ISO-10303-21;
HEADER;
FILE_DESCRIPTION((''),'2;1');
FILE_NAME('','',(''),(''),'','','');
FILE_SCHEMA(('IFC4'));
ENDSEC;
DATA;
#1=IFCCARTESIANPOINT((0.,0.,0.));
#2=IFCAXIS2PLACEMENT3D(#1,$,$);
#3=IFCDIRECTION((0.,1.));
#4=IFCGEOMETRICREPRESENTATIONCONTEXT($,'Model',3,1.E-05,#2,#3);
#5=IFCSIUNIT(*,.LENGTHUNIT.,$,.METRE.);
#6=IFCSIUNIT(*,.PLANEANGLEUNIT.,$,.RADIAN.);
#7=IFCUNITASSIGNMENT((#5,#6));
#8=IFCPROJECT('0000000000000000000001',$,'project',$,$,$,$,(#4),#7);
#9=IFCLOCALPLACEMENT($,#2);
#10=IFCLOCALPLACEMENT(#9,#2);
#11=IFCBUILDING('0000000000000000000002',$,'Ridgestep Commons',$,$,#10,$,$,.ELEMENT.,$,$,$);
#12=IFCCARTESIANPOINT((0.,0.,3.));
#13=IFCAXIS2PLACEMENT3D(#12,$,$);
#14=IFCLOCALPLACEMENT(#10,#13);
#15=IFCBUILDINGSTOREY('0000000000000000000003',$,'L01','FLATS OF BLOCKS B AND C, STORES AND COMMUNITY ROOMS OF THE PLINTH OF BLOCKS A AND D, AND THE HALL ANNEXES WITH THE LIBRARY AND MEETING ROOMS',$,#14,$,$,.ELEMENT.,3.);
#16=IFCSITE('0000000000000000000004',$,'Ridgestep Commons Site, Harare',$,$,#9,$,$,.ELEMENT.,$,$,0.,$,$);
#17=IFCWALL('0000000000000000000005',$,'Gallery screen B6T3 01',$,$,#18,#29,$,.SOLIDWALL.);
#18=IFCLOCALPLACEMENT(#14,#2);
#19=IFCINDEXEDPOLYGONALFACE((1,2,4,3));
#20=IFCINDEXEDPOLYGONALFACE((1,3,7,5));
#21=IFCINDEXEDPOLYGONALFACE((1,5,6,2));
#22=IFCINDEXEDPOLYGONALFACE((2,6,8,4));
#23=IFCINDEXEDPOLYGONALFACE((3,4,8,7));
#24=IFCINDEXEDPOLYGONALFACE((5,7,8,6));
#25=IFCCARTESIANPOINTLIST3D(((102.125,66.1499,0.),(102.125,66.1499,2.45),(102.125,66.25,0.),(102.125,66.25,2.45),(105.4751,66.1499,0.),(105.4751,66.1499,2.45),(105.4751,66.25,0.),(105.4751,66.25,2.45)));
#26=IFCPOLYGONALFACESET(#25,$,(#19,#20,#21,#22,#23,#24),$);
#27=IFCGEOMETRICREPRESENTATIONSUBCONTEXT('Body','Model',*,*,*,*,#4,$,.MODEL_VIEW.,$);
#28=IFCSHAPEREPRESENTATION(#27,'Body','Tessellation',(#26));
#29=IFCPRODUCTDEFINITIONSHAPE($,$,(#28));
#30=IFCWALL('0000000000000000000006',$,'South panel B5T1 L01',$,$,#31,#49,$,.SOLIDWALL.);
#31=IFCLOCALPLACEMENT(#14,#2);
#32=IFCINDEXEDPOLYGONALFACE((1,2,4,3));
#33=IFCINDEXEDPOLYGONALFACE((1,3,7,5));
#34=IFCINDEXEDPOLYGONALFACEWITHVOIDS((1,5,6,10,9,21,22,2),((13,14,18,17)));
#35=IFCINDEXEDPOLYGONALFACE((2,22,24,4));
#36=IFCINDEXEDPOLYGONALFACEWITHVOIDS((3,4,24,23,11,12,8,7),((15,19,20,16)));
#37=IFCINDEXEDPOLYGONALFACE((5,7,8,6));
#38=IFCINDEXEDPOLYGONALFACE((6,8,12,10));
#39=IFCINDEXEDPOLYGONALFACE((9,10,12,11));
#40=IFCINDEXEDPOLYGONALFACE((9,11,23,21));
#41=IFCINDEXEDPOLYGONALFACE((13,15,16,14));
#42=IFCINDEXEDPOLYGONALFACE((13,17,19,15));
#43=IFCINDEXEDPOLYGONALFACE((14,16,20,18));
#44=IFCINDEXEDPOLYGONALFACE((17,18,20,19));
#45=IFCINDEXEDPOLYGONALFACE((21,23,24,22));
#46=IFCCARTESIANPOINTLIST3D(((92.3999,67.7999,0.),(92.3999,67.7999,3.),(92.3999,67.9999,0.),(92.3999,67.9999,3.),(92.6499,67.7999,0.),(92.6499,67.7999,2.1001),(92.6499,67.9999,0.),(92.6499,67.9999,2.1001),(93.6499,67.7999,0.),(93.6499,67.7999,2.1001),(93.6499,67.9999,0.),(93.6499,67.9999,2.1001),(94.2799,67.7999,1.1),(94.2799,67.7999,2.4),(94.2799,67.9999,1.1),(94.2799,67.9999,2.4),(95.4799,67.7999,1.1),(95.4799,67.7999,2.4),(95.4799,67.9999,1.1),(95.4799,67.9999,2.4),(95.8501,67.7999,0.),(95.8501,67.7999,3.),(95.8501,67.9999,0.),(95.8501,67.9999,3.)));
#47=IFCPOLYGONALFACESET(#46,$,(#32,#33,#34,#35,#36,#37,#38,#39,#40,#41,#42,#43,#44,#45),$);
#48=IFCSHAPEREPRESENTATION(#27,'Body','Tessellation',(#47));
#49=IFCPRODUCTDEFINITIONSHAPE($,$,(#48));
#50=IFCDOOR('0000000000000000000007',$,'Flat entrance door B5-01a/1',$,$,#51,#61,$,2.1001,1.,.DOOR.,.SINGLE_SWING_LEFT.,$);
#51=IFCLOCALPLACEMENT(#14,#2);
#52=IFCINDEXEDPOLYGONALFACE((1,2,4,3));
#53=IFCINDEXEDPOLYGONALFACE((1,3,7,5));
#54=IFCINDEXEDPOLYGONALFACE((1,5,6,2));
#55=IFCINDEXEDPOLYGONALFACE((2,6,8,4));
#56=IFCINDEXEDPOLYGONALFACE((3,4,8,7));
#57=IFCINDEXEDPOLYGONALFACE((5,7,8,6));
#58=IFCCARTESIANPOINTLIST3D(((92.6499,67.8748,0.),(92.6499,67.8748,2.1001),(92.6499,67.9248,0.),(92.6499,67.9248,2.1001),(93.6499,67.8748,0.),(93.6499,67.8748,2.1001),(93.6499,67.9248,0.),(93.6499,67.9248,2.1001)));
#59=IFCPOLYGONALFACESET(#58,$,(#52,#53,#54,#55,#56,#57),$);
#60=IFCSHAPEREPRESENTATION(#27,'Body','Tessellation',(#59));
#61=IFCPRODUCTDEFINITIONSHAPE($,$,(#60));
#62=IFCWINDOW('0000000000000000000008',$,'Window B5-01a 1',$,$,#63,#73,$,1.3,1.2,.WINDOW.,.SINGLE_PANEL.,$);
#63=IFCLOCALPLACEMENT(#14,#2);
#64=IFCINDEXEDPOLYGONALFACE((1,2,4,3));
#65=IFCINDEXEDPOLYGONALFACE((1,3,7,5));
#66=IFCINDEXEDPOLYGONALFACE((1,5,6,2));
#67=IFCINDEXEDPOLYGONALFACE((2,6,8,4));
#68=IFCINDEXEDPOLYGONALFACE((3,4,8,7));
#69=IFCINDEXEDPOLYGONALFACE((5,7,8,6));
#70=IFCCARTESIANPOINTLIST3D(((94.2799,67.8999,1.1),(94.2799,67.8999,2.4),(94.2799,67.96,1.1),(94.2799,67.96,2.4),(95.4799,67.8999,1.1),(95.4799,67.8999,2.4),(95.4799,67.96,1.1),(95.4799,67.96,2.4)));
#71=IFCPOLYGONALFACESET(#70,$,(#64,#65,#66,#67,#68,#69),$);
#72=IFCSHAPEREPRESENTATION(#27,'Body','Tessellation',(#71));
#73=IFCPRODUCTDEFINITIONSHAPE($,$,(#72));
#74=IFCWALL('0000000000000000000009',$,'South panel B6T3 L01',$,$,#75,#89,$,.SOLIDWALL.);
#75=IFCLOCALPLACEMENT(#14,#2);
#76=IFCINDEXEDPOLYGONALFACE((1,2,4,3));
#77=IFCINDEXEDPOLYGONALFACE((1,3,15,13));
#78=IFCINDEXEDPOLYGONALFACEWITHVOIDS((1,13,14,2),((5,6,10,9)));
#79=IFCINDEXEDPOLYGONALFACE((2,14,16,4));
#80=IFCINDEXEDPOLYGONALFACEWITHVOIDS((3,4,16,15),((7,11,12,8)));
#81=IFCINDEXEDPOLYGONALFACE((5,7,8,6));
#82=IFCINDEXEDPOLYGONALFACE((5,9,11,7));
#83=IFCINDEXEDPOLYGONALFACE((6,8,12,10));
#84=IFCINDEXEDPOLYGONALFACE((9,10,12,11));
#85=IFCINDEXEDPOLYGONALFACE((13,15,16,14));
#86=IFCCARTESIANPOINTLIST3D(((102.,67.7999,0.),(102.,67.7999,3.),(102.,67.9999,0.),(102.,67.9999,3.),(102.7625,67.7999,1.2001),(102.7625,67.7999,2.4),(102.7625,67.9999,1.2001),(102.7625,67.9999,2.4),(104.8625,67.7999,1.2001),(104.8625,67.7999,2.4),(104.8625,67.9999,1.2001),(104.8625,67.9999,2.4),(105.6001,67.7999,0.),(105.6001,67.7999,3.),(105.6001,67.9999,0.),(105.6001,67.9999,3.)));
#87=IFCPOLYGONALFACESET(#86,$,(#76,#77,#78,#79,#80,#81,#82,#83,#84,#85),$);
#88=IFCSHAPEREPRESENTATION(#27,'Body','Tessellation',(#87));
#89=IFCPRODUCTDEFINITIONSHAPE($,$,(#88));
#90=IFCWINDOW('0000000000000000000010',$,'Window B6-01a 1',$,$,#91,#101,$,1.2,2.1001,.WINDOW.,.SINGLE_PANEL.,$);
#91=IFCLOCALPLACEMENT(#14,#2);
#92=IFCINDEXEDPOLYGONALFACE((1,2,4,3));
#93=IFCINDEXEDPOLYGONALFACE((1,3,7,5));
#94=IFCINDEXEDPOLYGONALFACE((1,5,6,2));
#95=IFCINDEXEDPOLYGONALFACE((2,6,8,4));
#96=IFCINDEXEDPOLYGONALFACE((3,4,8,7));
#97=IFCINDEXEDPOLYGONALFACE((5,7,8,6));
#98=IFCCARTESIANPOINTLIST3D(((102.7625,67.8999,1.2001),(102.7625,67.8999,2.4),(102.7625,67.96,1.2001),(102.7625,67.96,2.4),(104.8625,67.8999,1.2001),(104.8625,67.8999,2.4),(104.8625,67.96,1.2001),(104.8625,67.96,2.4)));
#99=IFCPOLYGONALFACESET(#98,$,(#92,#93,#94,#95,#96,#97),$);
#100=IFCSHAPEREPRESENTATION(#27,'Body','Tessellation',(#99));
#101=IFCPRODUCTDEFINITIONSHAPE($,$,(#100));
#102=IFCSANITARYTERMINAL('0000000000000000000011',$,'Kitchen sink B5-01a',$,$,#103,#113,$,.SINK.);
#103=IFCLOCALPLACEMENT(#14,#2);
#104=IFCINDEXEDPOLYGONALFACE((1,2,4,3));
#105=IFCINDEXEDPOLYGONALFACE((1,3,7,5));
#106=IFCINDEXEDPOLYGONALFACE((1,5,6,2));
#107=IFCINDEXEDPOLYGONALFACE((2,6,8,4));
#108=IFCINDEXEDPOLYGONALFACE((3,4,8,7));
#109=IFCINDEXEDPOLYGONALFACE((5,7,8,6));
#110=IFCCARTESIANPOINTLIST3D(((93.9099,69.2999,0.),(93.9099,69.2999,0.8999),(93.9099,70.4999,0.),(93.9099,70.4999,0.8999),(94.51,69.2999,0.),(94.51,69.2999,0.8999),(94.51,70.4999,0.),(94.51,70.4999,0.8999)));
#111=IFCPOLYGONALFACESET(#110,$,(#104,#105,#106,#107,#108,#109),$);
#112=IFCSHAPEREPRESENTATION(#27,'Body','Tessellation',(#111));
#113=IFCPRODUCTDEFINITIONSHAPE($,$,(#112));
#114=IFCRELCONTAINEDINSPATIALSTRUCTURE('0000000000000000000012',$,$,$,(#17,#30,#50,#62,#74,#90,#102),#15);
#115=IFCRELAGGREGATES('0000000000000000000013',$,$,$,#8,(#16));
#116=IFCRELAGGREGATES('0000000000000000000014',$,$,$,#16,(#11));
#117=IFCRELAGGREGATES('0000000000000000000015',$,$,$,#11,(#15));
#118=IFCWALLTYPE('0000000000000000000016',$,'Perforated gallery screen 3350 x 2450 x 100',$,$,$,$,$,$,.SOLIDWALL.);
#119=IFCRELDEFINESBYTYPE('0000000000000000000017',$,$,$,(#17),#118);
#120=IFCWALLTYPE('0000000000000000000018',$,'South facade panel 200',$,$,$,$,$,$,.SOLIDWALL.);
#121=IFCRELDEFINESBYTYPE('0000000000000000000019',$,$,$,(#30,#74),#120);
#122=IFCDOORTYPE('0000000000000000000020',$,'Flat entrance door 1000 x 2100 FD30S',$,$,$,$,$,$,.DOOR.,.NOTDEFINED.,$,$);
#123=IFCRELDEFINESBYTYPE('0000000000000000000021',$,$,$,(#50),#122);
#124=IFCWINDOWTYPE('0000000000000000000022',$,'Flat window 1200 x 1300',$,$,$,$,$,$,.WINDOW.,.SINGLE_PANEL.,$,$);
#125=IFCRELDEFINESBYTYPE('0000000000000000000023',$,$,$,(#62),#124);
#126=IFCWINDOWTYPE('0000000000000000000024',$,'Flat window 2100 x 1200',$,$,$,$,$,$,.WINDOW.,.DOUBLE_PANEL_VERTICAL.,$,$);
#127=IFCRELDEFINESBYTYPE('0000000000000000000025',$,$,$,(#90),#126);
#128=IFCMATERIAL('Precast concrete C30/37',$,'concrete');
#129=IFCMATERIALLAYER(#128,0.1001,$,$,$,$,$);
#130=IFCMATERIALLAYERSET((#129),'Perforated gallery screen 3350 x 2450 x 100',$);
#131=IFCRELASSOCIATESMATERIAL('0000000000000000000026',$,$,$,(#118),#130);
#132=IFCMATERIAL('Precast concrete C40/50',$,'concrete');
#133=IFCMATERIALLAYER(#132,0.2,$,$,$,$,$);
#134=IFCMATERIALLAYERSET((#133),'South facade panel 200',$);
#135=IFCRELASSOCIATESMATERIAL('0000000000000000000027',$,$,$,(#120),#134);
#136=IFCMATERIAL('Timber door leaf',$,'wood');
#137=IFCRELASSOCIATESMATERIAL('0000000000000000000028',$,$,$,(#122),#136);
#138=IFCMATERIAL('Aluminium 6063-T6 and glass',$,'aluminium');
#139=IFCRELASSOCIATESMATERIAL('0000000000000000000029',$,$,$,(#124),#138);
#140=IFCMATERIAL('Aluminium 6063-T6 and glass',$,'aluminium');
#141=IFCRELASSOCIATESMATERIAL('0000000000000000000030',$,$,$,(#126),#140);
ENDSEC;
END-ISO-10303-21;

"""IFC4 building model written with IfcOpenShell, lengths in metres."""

from ifc_helpers import new_model, si_unit, direction, frame, frame_2d, origin, origin_2d, place, context, subcontext, project, spatial, rectangle, extrude, material, layer, layer_set, type_object, element, fill, save


model = new_model("IFC4")

# Units and contexts
model_context = context("Model", 3, precision=1e-05, world=origin(), true_north=direction((0.0, 1.0)))
body_context = subcontext(model_context, "Body", "Model", "MODEL_VIEW")
ifc_project = project(units=[si_unit("LENGTHUNIT", "METRE"), si_unit("PLANEANGLEUNIT", "RADIAN")], contexts=[model_context])

# Site, building, storey
site_placement = place(None, origin())
site = spatial("IfcSite", under=ifc_project, at=site_placement, Name="Ridgestep Commons Site, Harare", CompositionType="ELEMENT", RefElevation=0.0)
building_placement = place(site_placement, origin())
building = spatial("IfcBuilding", under=site, at=building_placement, Name="Ridgestep Commons", CompositionType="ELEMENT")
storey_placement = place(building_placement, frame((0.0, 0.0, 3.0)))
storey = spatial("IfcBuildingStorey", under=building, at=storey_placement, Name="L01", Description="FLATS OF BLOCKS B AND C, STORES AND COMMUNITY ROOMS OF THE PLINTH OF BLOCKS A AND D, AND THE HALL ANNEXES WITH THE LIBRARY AND MEETING ROOMS", CompositionType="ELEMENT", Elevation=3.0)

# Wall
ifc_material_1 = material(Name="Precast concrete C30/37", Category="concrete")
ifc_layer_1 = layer(ifc_material_1, 0.1001)
ifc_layer_set_1 = layer_set([ifc_layer_1], Name="Perforated gallery screen 3350 x 2450 x 100")
wall_type_1 = type_object("IfcWallType", Name="Perforated gallery screen 3350 x 2450 x 100", PredefinedType="SOLIDWALL", material=ifc_layer_set_1)
wall_1_placement = place(storey_placement, frame((102.125, 66.2, 0.0), z_axis=(0.0, 0.0, 1.0), x_axis=(1.0, 0.0, 0.0)))
element("IfcWall", 1, at=wall_1_placement, inside=storey, type_object=wall_type_1, Name="Gallery screen B6T3 01", PredefinedType="SOLIDWALL", context=body_context, shape_type="SweptSolid", body=[
    extrude(rectangle(XDim=3.3501, YDim=0.1001, at=frame_2d((1.675, 0.0))), origin(), (0.0, 0.0, 1.0), 2.45),
])

# Wall, openings, door, window
ifc_material_2 = material(Name="Precast concrete C40/50", Category="concrete")
ifc_layer_2 = layer(ifc_material_2, 0.2)
ifc_layer_set_2 = layer_set([ifc_layer_2], Name="South facade panel 200")
wall_type_2 = type_object("IfcWallType", Name="South facade panel 200", PredefinedType="SOLIDWALL", material=ifc_layer_set_2)
wall_2_placement = place(storey_placement, frame((92.3999, 67.8999, 0.0), z_axis=(0.0, 0.0, 1.0), x_axis=(1.0, 0.0, 0.0)))
wall_2 = element("IfcWall", 2, at=wall_2_placement, inside=storey, type_object=wall_type_2, Name="South panel B5T1 L01", PredefinedType="SOLIDWALL", context=body_context, shape_type="SweptSolid", body=[
    extrude(rectangle(XDim=3.4502, YDim=0.2, at=frame_2d((1.7251, 0.0))), origin(), (0.0, 0.0, 1.0), 3.0),
])
opening_1_placement = place(wall_2_placement, frame((1.8799, 0.0, 1.1001)))
opening_1 = element("IfcOpeningElement", 3, at=opening_1_placement, cuts=wall_2, PredefinedType="OPENING", context=body_context, shape_type="SweptSolid", body=[
    extrude(rectangle(XDim=1.2, YDim=1.3, at=frame_2d((0.6001, 0.6499))), frame((0.0, 0.1099, 0.0), z_axis=(0.0, -1.0, 0.0), x_axis=(1.0, 0.0, 0.0)), (0.0, 0.0, 1.0), 0.22),
])
opening_2_placement = place(wall_2_placement, frame((0.25, 0.0, 0.0)))
opening_2 = element("IfcOpeningElement", 4, at=opening_2_placement, cuts=wall_2, PredefinedType="OPENING", context=body_context, shape_type="SweptSolid", body=[
    extrude(rectangle(XDim=1.0, YDim=2.1001, at=frame_2d((0.5, 1.05))), frame((0.0, 0.1099, 0.0), z_axis=(0.0, -1.0, 0.0), x_axis=(1.0, 0.0, 0.0)), (0.0, 0.0, 1.0), 0.22),
])
ifc_material_3 = material(Name="Timber door leaf", Category="wood")
door_type_1 = type_object("IfcDoorType", Name="Flat entrance door 1000 x 2100 FD30S", OperationType="NOTDEFINED", PredefinedType="DOOR", material=ifc_material_3)
door_1_placement = place(opening_2_placement, origin())
door_1 = element("IfcDoor", 5, at=door_1_placement, inside=storey, type_object=door_type_1, Name="Flat entrance door B5-01a/1", OperationType="SINGLE_SWING_LEFT", OverallHeight=2.1001, OverallWidth=1.0, PredefinedType="DOOR", context=body_context, shape_type="SweptSolid", body=[
    extrude(rectangle(XDim=1.0, YDim=2.1001, at=frame_2d((0.5, 1.05))), frame((0.0, 0.0249, 0.0), z_axis=(0.0, -1.0, 0.0), x_axis=(1.0, 0.0, 0.0)), (0.0, 0.0, 1.0), 0.05),
])
fill(opening_2, door_1)
ifc_material_4 = material(Name="Aluminium 6063-T6 and glass", Category="aluminium")
window_type_1 = type_object("IfcWindowType", Name="Flat window 1200 x 1300", PartitioningType="SINGLE_PANEL", PredefinedType="WINDOW", material=ifc_material_4)
window_1_placement = place(opening_1_placement, origin())
window_1 = element("IfcWindow", 6, at=window_1_placement, inside=storey, type_object=window_type_1, Name="Window B5-01a 1", OverallHeight=1.3, OverallWidth=1.2, PartitioningType="SINGLE_PANEL", PredefinedType="WINDOW", context=body_context, shape_type="SweptSolid", body=[
    extrude(rectangle(XDim=1.2, YDim=1.3, at=frame_2d((0.6001, 0.6499))), frame((0.0, 0.0601, 0.0), z_axis=(0.0, -1.0, 0.0), x_axis=(1.0, 0.0, 0.0)), (0.0, 0.0, 1.0), 0.0601),
])
fill(opening_1, window_1)

# Wall, opening, window
wall_3_placement = place(storey_placement, frame((102.0, 67.8999, 0.0), z_axis=(0.0, 0.0, 1.0), x_axis=(1.0, 0.0, 0.0)))
wall_3 = element("IfcWall", 7, at=wall_3_placement, inside=storey, type_object=wall_type_2, Name="South panel B6T3 L01", PredefinedType="SOLIDWALL", context=body_context, shape_type="SweptSolid", body=[
    extrude(rectangle(XDim=3.6001, YDim=0.2, at=frame_2d((1.8, 0.0))), origin(), (0.0, 0.0, 1.0), 3.0),
])
opening_3_placement = place(wall_3_placement, frame((0.7625, 0.0, 1.2)))
opening_3 = element("IfcOpeningElement", 8, at=opening_3_placement, cuts=wall_3, PredefinedType="OPENING", context=body_context, shape_type="SweptSolid", body=[
    extrude(rectangle(XDim=2.1001, YDim=1.2, at=frame_2d((1.05, 0.6001))), frame((0.0, 0.1099, 0.0), z_axis=(0.0, -1.0, 0.0), x_axis=(1.0, 0.0, 0.0)), (0.0, 0.0, 1.0), 0.22),
])
ifc_material_5 = material(Name="Aluminium 6063-T6 and glass", Category="aluminium")
window_type_2 = type_object("IfcWindowType", Name="Flat window 2100 x 1200", PartitioningType="DOUBLE_PANEL_VERTICAL", PredefinedType="WINDOW", material=ifc_material_5)
window_2_placement = place(opening_3_placement, origin())
window_2 = element("IfcWindow", 9, at=window_2_placement, inside=storey, type_object=window_type_2, Name="Window B6-01a 1", OverallHeight=1.2, OverallWidth=2.1001, PartitioningType="SINGLE_PANEL", PredefinedType="WINDOW", context=body_context, shape_type="SweptSolid", body=[
    extrude(rectangle(XDim=2.1001, YDim=1.2, at=frame_2d((1.05, 0.6001))), frame((0.0, 0.0601, 0.0), z_axis=(0.0, -1.0, 0.0), x_axis=(1.0, 0.0, 0.0)), (0.0, 0.0, 1.0), 0.0601),
])
fill(opening_3, window_2)

# Sanitary terminal
sanitary_terminal_placement = place(storey_placement, frame((94.21, 69.8999, 0.0), z_axis=(0.0, 0.0, 1.0), x_axis=(1.0, 0.0, 0.0)))
element("IfcSanitaryTerminal", 10, at=sanitary_terminal_placement, inside=storey, Name="Kitchen sink B5-01a", PredefinedType="SINK", context=body_context, shape_type="SweptSolid", body=[
    extrude(rectangle(XDim=0.6001, YDim=1.2, at=origin_2d()), origin(), (0.0, 0.0, 1.0), 0.8999),
])

save(model, "model.ifc")
